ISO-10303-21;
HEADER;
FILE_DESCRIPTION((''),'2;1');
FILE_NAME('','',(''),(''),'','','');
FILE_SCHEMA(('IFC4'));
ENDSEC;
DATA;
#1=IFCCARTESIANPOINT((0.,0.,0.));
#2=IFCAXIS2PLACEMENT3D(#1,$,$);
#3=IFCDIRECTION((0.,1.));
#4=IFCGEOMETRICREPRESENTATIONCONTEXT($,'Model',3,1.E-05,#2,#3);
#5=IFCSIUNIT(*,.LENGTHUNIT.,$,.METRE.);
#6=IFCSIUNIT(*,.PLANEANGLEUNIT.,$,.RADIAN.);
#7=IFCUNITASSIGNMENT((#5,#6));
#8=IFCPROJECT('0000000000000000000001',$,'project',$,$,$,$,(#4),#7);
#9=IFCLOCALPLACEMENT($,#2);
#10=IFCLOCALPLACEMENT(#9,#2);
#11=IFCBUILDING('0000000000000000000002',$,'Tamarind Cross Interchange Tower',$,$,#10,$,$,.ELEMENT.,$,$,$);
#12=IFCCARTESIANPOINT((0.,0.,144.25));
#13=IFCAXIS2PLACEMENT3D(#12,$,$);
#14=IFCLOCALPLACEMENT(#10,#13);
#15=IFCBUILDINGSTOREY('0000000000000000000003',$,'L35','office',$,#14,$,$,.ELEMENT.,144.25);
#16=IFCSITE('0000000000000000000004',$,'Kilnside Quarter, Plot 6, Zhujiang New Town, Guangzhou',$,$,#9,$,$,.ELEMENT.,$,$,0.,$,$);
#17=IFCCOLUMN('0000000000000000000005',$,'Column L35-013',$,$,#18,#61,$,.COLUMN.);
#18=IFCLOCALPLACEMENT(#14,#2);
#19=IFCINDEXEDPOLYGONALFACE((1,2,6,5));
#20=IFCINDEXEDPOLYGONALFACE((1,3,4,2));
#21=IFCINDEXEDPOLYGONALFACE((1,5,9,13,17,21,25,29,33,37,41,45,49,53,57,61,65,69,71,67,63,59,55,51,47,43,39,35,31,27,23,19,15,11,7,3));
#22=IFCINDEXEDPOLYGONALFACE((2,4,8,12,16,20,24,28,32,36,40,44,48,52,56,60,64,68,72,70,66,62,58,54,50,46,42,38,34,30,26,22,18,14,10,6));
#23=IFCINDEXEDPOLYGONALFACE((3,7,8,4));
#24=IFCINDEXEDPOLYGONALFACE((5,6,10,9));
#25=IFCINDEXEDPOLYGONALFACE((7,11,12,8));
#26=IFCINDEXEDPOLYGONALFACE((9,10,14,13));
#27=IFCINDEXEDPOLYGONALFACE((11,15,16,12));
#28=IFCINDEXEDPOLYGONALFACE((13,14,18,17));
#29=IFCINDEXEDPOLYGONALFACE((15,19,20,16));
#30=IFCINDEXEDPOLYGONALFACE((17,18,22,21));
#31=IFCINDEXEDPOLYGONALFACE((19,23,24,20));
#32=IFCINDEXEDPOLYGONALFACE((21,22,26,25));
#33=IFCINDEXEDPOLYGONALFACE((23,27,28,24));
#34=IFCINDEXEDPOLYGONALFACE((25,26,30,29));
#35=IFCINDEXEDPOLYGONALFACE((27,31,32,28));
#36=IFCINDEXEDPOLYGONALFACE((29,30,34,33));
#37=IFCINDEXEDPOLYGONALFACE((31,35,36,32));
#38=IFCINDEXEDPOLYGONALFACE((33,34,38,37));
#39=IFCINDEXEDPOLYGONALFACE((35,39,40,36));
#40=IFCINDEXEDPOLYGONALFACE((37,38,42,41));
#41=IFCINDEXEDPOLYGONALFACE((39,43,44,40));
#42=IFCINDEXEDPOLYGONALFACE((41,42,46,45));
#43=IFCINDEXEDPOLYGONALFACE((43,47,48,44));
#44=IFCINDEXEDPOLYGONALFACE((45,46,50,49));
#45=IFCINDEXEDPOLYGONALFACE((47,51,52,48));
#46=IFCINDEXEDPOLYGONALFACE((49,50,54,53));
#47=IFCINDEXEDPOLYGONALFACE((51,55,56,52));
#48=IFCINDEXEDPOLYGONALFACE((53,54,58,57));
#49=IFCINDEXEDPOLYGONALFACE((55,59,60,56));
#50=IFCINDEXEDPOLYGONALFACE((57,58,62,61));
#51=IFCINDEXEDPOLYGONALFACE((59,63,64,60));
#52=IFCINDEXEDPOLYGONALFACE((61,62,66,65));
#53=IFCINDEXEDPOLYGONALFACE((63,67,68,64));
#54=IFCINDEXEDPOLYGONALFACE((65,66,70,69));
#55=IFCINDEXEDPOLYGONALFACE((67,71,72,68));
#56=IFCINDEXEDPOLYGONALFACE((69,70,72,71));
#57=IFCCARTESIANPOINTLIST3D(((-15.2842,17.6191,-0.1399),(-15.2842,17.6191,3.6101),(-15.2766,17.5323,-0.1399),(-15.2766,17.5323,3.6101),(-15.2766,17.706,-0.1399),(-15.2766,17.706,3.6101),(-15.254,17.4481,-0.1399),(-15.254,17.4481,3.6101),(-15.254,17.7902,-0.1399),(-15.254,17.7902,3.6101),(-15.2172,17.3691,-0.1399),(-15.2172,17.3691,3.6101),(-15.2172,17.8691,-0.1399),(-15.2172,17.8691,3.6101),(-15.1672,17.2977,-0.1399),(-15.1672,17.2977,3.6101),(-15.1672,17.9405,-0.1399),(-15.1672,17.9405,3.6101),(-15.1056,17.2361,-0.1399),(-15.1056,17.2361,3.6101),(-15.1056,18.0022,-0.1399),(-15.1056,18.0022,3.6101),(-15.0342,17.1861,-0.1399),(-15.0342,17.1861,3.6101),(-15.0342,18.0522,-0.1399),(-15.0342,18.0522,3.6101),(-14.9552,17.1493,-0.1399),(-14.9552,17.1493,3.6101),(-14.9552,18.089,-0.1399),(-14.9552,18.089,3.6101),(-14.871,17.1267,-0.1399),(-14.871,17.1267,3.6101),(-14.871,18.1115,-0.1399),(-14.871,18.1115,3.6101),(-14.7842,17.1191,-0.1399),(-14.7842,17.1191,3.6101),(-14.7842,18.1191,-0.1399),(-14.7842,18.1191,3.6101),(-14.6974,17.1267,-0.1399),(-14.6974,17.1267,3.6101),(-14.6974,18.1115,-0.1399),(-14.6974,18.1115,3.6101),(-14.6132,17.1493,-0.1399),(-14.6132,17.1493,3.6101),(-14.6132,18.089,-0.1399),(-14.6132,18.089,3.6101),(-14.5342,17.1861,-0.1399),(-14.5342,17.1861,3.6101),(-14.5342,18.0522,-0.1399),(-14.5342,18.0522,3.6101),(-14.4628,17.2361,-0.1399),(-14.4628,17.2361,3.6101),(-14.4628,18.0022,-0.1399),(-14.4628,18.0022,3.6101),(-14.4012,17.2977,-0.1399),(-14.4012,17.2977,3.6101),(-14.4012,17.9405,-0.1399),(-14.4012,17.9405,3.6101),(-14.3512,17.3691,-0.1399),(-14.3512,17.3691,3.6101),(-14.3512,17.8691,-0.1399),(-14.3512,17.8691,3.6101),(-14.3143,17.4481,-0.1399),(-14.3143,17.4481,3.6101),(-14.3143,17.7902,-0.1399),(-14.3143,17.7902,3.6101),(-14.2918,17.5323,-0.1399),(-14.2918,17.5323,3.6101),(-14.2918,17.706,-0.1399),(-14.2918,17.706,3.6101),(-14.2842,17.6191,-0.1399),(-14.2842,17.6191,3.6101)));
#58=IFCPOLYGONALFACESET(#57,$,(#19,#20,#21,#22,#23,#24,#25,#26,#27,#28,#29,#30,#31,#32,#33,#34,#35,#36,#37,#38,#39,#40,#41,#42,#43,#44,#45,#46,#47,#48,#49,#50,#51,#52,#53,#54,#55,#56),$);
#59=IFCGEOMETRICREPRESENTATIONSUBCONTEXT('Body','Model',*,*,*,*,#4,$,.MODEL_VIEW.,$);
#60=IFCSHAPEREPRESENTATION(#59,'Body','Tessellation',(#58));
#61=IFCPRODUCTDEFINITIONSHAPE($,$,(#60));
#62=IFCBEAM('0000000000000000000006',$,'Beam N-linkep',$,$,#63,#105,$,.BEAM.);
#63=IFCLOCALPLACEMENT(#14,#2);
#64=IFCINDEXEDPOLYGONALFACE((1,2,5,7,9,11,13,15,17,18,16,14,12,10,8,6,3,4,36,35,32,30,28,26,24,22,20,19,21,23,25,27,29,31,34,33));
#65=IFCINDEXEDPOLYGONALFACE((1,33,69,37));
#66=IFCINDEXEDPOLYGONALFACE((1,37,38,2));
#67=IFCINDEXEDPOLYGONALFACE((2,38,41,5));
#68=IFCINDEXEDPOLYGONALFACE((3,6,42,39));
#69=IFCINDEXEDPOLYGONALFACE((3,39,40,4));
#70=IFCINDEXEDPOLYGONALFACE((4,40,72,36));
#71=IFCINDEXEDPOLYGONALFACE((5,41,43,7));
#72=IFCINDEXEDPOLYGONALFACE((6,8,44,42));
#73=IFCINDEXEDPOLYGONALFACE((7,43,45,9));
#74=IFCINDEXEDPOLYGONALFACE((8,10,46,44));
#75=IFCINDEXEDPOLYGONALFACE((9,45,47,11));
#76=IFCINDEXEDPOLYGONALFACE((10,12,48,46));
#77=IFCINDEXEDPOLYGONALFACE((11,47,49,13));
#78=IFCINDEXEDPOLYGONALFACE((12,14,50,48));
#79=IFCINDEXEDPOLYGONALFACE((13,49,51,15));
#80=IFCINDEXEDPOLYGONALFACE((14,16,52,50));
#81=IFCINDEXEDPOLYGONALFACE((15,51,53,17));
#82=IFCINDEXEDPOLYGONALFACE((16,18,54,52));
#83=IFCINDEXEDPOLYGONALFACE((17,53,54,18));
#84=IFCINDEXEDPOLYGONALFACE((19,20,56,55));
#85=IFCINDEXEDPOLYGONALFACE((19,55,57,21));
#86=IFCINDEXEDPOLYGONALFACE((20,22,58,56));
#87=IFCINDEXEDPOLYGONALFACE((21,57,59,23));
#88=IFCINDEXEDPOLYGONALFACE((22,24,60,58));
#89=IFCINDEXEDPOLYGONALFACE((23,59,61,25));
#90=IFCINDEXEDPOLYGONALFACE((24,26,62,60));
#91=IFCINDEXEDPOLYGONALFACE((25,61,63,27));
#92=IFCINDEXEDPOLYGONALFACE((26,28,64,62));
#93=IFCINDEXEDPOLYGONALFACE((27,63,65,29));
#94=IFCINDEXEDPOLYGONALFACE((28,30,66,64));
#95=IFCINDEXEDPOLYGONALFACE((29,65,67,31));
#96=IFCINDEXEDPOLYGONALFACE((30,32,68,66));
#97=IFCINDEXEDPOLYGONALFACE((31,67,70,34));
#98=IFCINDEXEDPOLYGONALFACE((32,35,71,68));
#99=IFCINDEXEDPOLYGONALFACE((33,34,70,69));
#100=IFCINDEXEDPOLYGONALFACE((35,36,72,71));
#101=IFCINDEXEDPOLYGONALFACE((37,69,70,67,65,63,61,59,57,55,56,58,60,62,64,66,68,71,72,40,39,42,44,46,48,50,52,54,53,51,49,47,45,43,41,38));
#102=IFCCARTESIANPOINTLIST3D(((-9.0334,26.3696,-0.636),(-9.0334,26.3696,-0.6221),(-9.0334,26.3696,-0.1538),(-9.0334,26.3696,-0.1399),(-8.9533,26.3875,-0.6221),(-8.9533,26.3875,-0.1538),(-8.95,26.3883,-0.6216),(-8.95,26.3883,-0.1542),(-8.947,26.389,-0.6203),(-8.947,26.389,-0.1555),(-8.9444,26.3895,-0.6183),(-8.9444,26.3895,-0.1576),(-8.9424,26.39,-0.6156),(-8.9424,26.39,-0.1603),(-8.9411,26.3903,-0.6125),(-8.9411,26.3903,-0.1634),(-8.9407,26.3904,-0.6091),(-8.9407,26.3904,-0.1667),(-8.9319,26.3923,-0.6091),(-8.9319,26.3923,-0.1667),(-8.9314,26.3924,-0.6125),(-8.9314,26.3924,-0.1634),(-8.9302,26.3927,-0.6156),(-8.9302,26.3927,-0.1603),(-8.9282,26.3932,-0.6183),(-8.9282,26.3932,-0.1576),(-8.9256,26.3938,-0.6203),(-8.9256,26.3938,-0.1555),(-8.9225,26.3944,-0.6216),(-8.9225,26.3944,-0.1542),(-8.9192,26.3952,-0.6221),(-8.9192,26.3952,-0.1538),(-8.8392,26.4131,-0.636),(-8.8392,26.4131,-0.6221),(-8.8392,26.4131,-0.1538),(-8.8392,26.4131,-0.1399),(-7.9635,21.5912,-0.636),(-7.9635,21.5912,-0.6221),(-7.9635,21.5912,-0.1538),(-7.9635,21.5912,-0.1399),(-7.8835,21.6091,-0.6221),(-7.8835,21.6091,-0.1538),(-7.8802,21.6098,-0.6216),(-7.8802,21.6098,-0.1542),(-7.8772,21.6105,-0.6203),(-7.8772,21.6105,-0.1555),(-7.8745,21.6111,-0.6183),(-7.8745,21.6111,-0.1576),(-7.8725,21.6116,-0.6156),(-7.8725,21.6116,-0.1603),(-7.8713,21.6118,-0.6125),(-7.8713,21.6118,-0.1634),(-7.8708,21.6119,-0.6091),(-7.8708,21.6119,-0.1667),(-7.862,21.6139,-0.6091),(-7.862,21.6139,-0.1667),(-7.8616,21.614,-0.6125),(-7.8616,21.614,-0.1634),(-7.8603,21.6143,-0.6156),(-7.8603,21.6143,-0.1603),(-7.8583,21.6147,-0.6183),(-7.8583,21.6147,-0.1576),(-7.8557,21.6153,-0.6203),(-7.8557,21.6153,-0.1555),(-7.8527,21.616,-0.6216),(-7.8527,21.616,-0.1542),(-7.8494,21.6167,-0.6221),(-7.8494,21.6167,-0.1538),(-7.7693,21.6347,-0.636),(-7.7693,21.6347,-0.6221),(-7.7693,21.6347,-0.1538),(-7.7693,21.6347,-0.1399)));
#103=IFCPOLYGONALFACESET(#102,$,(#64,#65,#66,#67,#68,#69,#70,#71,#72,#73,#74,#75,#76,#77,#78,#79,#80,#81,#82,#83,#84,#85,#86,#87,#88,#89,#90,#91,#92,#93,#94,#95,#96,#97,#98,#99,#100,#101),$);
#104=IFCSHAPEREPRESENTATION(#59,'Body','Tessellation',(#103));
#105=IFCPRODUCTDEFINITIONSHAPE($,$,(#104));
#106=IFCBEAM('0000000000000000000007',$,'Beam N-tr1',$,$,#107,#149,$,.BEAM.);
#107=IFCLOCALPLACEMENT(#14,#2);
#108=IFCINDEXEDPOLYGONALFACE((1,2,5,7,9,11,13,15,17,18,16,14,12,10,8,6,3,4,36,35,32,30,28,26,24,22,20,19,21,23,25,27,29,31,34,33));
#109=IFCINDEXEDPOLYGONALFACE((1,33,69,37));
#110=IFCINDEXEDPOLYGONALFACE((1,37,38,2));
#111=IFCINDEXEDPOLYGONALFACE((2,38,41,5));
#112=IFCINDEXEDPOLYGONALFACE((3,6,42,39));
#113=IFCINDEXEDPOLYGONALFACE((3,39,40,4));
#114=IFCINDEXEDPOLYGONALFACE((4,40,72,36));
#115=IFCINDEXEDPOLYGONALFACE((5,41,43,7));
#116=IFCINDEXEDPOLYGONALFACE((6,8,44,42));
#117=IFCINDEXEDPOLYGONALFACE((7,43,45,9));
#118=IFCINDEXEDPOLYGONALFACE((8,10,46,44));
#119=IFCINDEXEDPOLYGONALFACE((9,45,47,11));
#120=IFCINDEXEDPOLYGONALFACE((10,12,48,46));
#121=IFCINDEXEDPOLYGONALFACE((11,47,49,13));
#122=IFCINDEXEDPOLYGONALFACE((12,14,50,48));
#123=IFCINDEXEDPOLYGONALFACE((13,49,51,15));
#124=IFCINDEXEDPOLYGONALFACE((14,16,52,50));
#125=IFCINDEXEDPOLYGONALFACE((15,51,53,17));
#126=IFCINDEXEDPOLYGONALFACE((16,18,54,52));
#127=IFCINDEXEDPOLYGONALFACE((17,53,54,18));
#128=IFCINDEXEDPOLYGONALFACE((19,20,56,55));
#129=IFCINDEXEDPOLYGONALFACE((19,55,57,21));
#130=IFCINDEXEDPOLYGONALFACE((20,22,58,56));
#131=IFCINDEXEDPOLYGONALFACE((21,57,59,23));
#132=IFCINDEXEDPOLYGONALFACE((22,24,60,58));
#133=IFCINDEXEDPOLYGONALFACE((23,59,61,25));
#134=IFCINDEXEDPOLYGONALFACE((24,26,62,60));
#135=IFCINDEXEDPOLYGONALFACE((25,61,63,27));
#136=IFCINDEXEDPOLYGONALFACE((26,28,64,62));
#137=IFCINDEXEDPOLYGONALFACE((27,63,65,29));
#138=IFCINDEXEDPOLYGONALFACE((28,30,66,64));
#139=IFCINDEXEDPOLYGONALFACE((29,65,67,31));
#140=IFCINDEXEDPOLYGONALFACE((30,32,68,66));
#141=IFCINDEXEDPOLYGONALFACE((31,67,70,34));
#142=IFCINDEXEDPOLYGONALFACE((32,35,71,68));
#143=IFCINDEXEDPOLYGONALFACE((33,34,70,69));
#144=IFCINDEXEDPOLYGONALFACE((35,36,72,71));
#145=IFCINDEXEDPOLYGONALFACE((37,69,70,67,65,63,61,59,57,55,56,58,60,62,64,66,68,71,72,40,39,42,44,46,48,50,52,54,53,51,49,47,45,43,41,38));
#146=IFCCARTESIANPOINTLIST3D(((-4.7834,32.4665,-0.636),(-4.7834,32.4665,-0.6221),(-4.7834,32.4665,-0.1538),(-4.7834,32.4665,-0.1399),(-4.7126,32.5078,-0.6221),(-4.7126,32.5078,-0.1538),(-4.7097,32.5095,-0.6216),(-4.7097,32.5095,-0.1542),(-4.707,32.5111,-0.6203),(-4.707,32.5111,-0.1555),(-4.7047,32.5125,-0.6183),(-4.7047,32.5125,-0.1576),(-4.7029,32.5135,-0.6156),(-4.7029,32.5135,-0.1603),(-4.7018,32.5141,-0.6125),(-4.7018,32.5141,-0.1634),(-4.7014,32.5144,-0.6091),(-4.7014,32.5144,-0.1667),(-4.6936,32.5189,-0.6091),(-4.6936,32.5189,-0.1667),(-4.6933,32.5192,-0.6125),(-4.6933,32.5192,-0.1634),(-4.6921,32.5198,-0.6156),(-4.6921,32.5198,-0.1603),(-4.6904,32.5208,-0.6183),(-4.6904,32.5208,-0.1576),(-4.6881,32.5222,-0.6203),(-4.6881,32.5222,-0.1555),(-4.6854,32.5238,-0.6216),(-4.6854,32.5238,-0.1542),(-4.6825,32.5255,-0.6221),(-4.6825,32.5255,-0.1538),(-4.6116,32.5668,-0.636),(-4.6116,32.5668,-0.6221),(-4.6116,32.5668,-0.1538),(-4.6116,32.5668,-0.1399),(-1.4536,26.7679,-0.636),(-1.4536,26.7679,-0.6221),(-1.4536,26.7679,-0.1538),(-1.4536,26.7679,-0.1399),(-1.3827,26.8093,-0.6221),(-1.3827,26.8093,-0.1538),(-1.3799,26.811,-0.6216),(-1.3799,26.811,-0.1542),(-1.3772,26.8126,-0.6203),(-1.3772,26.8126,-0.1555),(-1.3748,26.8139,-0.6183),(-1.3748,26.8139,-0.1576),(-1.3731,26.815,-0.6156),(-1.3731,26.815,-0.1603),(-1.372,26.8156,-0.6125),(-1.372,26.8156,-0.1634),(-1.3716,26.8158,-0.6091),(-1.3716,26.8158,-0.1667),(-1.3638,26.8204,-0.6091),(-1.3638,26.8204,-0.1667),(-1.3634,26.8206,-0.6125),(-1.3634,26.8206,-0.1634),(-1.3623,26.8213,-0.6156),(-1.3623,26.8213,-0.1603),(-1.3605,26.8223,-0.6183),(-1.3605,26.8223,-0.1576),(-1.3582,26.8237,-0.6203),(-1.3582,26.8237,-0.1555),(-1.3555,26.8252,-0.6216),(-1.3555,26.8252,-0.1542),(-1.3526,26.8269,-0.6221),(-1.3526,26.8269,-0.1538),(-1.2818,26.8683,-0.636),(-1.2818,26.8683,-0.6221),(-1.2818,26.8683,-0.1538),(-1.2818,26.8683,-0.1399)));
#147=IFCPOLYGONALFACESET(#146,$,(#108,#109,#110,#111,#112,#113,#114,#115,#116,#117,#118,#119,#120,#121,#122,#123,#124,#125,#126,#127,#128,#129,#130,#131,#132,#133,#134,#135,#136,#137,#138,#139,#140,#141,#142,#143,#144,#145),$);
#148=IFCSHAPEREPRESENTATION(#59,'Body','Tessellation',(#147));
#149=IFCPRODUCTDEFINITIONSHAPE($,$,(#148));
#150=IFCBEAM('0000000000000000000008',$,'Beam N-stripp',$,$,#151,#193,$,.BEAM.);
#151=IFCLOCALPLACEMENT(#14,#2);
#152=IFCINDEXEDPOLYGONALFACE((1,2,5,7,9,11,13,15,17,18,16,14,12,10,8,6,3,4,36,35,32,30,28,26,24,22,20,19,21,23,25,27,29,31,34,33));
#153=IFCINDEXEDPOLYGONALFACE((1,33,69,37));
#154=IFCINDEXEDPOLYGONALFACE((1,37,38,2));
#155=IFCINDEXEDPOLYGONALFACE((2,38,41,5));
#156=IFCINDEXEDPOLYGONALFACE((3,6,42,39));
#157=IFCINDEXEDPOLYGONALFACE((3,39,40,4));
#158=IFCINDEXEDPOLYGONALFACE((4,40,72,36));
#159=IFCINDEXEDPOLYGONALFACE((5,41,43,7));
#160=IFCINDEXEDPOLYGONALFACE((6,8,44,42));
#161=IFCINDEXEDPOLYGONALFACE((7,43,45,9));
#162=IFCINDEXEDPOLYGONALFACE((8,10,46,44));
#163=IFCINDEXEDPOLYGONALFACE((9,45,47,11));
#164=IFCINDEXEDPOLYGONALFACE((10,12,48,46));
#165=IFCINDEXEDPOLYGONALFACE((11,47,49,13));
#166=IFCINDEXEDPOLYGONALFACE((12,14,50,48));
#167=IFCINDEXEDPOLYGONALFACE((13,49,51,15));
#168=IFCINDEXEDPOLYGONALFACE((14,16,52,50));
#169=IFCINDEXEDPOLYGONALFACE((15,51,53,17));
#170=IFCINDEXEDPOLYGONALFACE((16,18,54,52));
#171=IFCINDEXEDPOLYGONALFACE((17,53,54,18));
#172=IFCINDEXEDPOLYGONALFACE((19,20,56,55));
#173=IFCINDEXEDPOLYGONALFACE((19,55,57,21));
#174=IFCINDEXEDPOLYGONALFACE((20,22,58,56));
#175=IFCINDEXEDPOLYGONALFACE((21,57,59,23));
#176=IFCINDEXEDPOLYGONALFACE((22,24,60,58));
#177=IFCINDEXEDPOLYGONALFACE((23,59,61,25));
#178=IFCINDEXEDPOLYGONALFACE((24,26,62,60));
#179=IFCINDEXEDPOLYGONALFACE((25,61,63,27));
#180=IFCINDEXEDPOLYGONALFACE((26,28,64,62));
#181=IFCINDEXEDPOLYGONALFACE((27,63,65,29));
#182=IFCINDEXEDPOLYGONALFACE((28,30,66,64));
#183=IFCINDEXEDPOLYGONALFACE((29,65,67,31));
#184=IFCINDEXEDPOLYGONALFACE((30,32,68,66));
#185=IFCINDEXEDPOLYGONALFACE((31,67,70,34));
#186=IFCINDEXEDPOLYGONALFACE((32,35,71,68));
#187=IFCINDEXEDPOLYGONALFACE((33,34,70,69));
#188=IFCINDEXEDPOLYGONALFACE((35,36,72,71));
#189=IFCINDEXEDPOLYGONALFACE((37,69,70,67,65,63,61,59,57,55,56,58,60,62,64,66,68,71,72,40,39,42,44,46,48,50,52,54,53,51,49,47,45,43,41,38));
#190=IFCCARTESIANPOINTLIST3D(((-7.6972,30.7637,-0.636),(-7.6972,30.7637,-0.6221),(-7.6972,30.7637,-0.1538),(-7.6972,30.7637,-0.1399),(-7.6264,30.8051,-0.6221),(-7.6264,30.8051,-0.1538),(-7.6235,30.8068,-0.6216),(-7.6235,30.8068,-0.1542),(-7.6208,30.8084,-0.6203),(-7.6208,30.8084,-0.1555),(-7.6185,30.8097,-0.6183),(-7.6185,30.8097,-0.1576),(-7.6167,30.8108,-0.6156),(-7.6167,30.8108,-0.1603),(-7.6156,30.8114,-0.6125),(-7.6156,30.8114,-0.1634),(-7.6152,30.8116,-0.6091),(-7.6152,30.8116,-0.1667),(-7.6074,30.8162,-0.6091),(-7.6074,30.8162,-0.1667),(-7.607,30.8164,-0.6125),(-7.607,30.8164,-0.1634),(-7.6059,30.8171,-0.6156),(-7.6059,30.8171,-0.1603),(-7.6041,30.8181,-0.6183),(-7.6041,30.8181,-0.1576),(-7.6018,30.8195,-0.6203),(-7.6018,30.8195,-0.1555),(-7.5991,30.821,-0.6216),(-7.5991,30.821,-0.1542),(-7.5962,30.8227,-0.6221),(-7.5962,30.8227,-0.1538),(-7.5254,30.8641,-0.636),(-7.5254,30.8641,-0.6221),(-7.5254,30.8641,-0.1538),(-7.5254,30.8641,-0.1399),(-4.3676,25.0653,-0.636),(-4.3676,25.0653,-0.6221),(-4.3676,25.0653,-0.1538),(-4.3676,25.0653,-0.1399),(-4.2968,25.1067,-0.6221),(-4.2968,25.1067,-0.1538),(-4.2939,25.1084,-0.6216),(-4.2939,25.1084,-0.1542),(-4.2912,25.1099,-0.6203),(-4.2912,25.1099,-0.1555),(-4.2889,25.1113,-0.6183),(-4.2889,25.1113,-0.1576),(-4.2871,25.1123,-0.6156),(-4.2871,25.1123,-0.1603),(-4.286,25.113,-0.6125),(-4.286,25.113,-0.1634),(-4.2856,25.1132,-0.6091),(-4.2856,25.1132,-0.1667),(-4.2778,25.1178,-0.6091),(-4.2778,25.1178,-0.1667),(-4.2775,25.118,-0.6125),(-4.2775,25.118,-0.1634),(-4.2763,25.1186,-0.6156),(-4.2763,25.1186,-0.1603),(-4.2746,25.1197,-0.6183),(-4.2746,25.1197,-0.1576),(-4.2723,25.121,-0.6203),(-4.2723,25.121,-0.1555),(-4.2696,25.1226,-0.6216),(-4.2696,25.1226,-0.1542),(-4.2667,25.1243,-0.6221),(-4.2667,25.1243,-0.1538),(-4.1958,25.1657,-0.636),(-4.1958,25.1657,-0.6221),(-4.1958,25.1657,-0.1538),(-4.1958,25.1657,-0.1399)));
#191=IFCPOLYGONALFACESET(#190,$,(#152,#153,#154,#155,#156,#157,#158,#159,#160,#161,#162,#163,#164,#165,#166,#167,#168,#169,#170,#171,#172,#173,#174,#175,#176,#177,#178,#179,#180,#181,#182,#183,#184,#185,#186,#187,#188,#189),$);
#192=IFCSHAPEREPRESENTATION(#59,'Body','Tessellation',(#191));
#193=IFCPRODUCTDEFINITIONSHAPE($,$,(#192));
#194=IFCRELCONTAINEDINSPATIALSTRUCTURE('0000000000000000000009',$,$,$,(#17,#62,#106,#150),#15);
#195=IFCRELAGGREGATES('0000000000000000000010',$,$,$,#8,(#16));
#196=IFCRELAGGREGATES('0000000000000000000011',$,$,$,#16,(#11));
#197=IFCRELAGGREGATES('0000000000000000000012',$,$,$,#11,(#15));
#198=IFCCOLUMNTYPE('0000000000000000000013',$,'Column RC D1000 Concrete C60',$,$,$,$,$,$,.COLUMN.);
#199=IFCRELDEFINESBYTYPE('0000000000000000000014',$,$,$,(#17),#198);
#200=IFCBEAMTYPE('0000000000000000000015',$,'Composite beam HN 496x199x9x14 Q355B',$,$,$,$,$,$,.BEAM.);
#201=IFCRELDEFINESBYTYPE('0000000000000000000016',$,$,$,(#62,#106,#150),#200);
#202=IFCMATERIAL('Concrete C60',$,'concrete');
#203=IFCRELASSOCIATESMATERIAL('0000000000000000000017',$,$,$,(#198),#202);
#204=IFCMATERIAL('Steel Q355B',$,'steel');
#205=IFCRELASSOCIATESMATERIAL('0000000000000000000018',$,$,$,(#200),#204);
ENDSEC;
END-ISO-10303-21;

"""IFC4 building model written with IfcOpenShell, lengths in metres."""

from ifc_helpers import new_model, si_unit, direction, frame, origin, origin_2d, place, context, subcontext, project, spatial, circle, i_section, extrude, material, material_profile, profile_set, type_object, element, save


model = new_model("IFC4")

# Units and contexts
model_context = context("Model", 3, precision=1e-05, world=origin(), true_north=direction((0.0, 1.0)))
body_context = subcontext(model_context, "Body", "Model", "MODEL_VIEW")
ifc_project = project(units=[si_unit("LENGTHUNIT", "METRE"), si_unit("PLANEANGLEUNIT", "RADIAN")], contexts=[model_context])

# Site, building, storey
site_placement = place(None, origin())
site = spatial("IfcSite", under=ifc_project, at=site_placement, Name="Kilnside Quarter, Plot 6, Zhujiang New Town, Guangzhou", CompositionType="ELEMENT", RefElevation=0.0)
building_placement = place(site_placement, origin())
building = spatial("IfcBuilding", under=site, at=building_placement, Name="Tamarind Cross Interchange Tower", CompositionType="ELEMENT")
storey_placement = place(building_placement, frame((0.0, 0.0, 144.25)))
storey = spatial("IfcBuildingStorey", under=building, at=storey_placement, Name="L35", Description="office", CompositionType="ELEMENT", Elevation=144.25)

# Column
ifc_material_1 = material(Name="Concrete C60", Category="concrete")
ifc_material_profile_1 = material_profile(ifc_material_1, circle(Radius=0.5, at=origin_2d()), Name="RC D1000")
ifc_profile_set_1 = profile_set([ifc_material_profile_1], Name="Concrete C60")
column_type_1 = type_object("IfcColumnType", Name="Column RC D1000 Concrete C60", PredefinedType="COLUMN", material=ifc_profile_set_1)
for number, where, z_axis, x_axis, name in (
    (1, (-14.7842, 17.6191, -0.1399), (0.0, 0.0, 1.0), (1.0, 0.0, 0.0), "Column L35-013"),
):
    element("IfcColumn", number, at=place(storey_placement, frame(where, z_axis=z_axis, x_axis=x_axis)), inside=storey, type_object=column_type_1, Name=name, PredefinedType="COLUMN", context=body_context, shape_type="SweptSolid", body=[
        extrude(circle(Radius=0.5, at=origin_2d()), origin(), (0.0, 0.0, 1.0), 3.75),
    ])

# Beams
ifc_material_2 = material(Name="Steel Q355B", Category="steel")
ifc_material_profile_2 = material_profile(ifc_material_2, i_section(OverallWidth=0.199, OverallDepth=0.4961, WebThickness=0.009, FlangeThickness=0.0139, FilletRadius=0.0129, at=origin_2d()), Name="HN 496x199x9x14")
ifc_profile_set_2 = profile_set([ifc_material_profile_2], Name="Steel Q355B")
beam_type_1 = type_object("IfcBeamType", Name="Composite beam HN 496x199x9x14 Q355B", PredefinedType="BEAM", material=ifc_profile_set_2)
beam_1_placement = place(storey_placement, frame((-8.9363, 26.3914, -0.3879), z_axis=(0.218482, -0.975841, 0.0), x_axis=(0.975841, 0.218482, 0.0)))
element("IfcBeam", 2, at=beam_1_placement, inside=storey, type_object=beam_type_1, Name="Beam N-linkep", PredefinedType="BEAM", context=body_context, shape_type="SweptSolid", body=[
    extrude(i_section(OverallWidth=0.199, OverallDepth=0.4961, WebThickness=0.009, FlangeThickness=0.0139, FilletRadius=0.0129, at=origin_2d()), origin(), (0.0, 0.0, 1.0), 4.8967),
])
beam_2_placement = place(storey_placement, frame((-1.3677, 26.8181, -0.3879), z_axis=(-0.504517, 0.863402, 0.0), x_axis=(-0.863402, -0.504517, 0.0)))
element("IfcBeam", 3, at=beam_2_placement, inside=storey, type_object=beam_type_1, Name="Beam N-tr1", PredefinedType="BEAM", context=body_context, shape_type="SweptSolid", body=[
    extrude(i_section(OverallWidth=0.199, OverallDepth=0.4961, WebThickness=0.009, FlangeThickness=0.0139, FilletRadius=0.0129, at=origin_2d()), origin(), (0.0, 0.0, 1.0), 6.6001),
])
beam_3_placement = place(storey_placement, frame((-4.2817, 25.1155, -0.3879), z_axis=(-0.50449, 0.863418, 0.0), x_axis=(-0.863418, -0.50449, 0.0)))
element("IfcBeam", 4, at=beam_3_placement, inside=storey, type_object=beam_type_1, Name="Beam N-stripp", PredefinedType="BEAM", context=body_context, shape_type="SweptSolid", body=[
    extrude(i_section(OverallWidth=0.199, OverallDepth=0.4961, WebThickness=0.009, FlangeThickness=0.0139, FilletRadius=0.0129, at=origin_2d()), origin(), (0.0, 0.0, 1.0), 6.5999),
])

save(model, "model.ifc")
